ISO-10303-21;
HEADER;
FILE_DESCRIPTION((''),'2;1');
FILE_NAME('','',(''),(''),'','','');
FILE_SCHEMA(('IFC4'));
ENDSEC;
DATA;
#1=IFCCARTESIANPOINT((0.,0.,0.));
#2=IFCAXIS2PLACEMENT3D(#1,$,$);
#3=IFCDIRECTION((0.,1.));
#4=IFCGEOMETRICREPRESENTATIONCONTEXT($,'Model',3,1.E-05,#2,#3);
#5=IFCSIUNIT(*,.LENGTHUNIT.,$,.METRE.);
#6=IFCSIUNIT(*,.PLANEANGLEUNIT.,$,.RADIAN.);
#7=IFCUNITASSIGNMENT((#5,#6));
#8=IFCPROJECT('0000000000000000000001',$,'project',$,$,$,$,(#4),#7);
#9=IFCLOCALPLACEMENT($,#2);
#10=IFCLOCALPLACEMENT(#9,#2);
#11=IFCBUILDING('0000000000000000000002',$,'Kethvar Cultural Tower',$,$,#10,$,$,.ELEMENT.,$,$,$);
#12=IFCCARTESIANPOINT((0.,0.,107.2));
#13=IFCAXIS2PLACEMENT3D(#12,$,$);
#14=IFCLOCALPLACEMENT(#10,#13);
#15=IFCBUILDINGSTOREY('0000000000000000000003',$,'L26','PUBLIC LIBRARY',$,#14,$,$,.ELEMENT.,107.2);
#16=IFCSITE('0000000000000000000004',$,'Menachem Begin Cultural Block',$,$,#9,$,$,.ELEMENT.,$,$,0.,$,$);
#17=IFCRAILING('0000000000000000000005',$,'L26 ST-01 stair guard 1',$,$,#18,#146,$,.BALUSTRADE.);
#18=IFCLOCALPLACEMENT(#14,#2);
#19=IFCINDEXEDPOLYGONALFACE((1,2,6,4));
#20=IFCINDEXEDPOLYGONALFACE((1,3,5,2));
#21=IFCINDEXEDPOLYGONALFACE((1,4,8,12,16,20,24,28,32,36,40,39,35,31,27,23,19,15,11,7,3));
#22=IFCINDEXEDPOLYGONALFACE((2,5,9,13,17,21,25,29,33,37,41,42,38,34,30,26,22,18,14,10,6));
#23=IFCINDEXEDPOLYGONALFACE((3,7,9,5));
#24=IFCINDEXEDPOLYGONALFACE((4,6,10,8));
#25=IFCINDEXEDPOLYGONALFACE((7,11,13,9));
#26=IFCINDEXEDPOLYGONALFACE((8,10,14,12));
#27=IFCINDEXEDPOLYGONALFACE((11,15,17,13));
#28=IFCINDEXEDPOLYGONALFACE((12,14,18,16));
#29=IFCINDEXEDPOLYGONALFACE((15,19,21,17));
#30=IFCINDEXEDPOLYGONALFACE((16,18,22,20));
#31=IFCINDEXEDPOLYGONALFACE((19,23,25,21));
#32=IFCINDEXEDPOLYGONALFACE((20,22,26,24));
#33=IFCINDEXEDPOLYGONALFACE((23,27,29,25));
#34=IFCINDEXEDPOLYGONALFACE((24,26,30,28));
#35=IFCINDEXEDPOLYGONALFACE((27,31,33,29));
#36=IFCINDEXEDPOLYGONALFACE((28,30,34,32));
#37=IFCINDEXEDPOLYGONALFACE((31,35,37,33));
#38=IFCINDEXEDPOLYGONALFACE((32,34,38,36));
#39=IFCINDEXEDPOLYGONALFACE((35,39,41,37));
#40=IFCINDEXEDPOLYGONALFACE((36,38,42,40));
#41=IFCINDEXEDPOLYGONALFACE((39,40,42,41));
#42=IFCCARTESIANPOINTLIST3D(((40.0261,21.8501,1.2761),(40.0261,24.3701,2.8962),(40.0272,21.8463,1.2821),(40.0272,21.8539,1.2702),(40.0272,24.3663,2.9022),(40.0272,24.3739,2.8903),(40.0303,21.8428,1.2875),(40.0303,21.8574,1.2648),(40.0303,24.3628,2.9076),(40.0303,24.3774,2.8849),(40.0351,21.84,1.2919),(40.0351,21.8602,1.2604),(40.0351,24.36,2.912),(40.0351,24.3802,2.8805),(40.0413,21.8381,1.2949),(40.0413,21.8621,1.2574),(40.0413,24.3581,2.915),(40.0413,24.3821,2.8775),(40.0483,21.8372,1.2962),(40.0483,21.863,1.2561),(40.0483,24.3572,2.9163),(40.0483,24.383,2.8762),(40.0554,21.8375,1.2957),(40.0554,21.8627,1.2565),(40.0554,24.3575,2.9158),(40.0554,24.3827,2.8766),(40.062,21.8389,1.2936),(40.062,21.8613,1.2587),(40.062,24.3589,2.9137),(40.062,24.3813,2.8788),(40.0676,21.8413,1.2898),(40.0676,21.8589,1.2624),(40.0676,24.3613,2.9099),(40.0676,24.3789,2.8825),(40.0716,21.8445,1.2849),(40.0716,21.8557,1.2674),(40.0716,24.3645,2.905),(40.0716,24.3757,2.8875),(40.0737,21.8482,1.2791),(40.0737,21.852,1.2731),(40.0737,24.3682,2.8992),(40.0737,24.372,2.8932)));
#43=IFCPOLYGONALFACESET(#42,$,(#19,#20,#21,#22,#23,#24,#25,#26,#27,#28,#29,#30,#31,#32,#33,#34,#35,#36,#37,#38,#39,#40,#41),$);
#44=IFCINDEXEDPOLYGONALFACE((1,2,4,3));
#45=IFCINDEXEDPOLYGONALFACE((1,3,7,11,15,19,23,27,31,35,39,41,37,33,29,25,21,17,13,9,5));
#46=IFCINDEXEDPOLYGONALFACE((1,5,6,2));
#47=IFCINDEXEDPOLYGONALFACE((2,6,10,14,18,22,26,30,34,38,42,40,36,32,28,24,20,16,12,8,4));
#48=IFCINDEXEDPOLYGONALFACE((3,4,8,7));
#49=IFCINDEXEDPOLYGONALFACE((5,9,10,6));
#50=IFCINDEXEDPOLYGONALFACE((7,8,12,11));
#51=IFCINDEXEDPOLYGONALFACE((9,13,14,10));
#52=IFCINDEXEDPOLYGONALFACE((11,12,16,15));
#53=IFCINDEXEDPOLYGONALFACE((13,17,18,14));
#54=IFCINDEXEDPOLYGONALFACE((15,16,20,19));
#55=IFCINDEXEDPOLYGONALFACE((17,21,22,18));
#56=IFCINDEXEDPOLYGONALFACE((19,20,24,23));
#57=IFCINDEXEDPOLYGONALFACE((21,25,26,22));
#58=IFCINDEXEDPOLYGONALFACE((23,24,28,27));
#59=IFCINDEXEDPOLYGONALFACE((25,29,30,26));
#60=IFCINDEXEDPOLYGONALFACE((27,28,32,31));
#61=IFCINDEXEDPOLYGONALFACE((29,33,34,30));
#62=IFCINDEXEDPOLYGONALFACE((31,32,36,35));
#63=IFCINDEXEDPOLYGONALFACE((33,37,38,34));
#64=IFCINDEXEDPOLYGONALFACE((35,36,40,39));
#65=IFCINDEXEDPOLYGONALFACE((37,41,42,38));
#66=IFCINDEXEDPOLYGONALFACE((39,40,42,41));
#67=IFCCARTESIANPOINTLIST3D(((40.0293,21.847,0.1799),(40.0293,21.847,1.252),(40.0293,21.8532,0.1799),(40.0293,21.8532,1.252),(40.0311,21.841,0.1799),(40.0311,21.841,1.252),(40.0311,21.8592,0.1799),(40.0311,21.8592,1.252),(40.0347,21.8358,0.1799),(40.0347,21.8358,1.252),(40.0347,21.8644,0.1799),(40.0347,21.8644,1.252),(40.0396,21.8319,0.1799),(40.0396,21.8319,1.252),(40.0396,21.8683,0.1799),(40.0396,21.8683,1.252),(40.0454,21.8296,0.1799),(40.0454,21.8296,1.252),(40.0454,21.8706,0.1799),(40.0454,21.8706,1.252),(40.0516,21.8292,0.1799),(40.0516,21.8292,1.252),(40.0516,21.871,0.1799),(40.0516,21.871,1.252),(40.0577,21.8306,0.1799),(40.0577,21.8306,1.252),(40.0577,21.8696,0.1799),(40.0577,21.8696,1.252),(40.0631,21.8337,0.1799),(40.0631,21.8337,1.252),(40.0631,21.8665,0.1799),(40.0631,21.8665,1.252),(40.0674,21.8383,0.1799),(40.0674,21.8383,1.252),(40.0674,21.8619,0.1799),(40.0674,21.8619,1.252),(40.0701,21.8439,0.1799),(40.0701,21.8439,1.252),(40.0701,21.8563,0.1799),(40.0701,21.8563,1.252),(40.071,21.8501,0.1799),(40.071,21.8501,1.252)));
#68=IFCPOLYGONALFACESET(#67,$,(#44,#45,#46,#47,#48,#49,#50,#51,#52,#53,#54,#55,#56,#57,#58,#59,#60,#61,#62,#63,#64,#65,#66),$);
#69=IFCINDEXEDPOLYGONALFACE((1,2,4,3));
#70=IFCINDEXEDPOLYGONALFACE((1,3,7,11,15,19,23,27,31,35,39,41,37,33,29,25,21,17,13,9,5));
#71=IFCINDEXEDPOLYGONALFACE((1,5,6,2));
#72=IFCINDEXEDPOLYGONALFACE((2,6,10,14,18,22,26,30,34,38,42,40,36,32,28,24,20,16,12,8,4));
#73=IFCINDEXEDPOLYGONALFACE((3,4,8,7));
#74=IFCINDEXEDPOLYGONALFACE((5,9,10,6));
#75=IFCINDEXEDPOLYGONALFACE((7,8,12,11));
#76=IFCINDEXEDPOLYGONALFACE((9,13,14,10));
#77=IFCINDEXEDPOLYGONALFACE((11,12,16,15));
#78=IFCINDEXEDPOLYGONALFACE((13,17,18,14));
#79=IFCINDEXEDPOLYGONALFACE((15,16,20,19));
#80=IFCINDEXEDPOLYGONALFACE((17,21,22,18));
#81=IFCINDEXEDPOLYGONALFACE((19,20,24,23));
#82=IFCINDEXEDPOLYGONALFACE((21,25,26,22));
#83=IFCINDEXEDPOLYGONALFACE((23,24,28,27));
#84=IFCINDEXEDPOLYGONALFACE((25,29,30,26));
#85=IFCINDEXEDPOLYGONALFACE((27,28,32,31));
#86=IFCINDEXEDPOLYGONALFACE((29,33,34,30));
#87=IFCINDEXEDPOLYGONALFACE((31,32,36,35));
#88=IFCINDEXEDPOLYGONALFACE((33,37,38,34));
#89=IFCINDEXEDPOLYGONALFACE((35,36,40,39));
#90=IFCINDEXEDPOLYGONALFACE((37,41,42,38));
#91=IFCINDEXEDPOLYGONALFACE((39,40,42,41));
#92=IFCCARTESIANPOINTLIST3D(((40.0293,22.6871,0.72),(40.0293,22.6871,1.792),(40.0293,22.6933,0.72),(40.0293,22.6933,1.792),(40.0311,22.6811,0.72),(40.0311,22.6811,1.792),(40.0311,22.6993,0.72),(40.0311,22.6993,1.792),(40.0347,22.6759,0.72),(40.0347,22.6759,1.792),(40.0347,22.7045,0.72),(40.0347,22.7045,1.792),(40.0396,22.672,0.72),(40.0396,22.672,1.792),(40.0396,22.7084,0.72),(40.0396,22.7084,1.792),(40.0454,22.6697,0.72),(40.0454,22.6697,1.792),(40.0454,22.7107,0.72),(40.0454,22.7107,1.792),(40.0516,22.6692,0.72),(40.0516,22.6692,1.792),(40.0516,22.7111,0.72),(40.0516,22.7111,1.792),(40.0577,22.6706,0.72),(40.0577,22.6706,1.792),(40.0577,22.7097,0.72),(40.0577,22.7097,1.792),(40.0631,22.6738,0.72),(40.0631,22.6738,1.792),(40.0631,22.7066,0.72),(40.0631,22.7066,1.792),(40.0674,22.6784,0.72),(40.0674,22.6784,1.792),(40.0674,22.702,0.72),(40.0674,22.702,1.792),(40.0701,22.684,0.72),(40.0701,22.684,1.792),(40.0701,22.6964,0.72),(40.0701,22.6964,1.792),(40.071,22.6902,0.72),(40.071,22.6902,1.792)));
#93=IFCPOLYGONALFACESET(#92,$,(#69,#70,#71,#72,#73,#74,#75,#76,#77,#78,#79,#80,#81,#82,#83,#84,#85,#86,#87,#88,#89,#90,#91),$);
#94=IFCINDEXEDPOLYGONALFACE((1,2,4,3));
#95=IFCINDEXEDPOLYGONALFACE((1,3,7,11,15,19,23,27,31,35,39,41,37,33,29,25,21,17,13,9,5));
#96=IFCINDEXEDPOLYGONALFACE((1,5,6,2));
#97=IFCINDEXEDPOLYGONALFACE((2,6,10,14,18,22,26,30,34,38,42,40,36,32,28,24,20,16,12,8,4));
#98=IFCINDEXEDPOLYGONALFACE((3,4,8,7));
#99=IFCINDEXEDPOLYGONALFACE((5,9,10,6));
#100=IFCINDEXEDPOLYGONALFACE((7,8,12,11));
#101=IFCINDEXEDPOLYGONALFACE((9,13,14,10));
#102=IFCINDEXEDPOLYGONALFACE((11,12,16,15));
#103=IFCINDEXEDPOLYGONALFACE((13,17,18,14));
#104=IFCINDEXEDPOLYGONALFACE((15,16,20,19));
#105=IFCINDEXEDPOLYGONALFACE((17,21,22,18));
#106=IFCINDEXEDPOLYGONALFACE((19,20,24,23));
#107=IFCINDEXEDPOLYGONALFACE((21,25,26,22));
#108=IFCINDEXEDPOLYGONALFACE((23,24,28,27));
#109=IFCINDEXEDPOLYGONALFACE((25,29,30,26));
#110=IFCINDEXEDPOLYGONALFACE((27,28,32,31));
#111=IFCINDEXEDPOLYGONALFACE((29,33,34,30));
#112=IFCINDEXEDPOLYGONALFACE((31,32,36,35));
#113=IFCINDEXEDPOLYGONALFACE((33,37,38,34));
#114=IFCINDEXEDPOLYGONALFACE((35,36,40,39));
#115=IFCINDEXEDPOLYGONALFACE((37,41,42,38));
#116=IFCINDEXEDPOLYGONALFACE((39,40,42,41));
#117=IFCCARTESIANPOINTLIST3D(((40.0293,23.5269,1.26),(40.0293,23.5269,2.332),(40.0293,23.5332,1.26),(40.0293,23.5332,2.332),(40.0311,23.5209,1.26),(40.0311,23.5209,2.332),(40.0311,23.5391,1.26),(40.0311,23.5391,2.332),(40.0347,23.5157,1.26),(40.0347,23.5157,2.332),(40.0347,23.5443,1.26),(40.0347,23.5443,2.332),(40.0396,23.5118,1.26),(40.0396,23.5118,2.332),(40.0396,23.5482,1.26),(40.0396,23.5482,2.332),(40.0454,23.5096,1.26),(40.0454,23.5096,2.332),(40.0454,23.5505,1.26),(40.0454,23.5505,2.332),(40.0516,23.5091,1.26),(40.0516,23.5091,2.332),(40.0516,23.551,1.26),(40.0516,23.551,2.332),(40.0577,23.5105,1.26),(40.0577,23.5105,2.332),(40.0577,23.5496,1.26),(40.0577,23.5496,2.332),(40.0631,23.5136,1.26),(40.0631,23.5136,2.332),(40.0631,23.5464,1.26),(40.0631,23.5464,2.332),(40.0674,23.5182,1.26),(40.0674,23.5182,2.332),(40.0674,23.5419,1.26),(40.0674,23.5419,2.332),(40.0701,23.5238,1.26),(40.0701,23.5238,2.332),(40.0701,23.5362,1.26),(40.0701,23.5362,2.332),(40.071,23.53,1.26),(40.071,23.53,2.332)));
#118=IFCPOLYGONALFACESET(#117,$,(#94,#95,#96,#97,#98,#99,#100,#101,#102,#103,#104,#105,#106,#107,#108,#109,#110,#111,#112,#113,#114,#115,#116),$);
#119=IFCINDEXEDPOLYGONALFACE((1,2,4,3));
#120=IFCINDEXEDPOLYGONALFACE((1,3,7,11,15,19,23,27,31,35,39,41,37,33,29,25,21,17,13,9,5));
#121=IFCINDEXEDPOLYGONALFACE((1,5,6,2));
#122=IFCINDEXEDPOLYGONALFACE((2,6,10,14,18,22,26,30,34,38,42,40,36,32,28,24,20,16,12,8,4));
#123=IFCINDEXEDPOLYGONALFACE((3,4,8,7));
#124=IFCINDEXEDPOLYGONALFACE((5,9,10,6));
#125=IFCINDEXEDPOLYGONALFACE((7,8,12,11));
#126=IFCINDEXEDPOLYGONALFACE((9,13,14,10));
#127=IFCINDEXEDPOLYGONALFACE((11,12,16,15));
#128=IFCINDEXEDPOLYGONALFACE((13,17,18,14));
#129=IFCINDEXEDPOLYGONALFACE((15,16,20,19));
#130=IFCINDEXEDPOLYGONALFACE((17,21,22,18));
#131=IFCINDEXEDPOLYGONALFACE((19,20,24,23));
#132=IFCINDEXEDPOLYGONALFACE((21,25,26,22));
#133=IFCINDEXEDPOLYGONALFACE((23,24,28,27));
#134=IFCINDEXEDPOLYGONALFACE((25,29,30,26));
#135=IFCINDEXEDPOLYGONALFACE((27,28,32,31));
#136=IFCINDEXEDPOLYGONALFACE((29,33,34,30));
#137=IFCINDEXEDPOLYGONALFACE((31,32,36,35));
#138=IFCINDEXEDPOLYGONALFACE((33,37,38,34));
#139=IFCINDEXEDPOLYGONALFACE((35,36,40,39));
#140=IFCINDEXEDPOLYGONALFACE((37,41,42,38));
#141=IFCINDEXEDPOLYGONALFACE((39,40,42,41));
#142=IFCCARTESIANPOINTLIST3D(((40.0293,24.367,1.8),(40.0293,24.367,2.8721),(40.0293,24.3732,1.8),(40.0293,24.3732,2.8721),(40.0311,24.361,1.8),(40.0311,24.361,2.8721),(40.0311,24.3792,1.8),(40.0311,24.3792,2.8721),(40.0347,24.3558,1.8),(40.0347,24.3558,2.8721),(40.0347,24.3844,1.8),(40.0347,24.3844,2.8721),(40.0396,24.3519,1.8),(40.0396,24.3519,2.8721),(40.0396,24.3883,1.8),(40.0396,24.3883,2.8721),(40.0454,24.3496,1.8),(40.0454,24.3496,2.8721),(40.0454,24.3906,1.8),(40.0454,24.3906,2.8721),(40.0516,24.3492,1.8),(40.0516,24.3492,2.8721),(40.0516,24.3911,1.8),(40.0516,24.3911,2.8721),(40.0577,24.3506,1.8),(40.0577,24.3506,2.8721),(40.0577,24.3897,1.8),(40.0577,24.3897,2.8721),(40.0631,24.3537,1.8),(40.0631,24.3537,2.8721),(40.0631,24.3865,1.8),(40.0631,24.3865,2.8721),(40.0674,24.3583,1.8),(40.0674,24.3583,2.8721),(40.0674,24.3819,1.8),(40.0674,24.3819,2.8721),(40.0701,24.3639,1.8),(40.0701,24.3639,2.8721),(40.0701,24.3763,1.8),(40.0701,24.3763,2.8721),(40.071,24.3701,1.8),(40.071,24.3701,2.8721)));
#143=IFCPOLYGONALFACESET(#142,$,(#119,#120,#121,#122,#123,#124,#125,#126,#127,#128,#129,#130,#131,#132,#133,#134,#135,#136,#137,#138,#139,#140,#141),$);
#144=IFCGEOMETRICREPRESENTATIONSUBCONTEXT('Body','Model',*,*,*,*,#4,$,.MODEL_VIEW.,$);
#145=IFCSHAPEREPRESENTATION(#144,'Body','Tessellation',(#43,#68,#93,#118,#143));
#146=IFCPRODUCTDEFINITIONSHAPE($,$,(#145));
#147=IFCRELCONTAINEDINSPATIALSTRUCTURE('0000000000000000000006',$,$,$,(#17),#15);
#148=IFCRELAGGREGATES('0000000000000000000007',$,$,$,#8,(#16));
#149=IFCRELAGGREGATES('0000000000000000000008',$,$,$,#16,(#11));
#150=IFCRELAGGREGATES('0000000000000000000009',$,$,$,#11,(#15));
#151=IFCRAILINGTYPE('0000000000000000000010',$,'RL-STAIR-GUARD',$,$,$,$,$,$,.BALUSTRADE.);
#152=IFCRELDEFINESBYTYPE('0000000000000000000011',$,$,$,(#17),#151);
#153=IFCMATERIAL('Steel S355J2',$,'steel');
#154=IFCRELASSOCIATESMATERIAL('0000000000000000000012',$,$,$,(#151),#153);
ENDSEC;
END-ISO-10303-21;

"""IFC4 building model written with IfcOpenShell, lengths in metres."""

from ifc_helpers import new_model, si_unit, direction, frame, origin, origin_2d, place, context, subcontext, project, spatial, circle, extrude, material, type_object, element, save


model = new_model("IFC4")

# Units and contexts
model_context = context("Model", 3, precision=1e-05, world=origin(), true_north=direction((0.0, 1.0)))
body_context = subcontext(model_context, "Body", "Model", "MODEL_VIEW")
ifc_project = project(units=[si_unit("LENGTHUNIT", "METRE"), si_unit("PLANEANGLEUNIT", "RADIAN")], contexts=[model_context])

# Site, building, storey
site_placement = place(None, origin())
site = spatial("IfcSite", under=ifc_project, at=site_placement, Name="Menachem Begin Cultural Block", CompositionType="ELEMENT", RefElevation=0.0)
building_placement = place(site_placement, origin())
building = spatial("IfcBuilding", under=site, at=building_placement, Name="Kethvar Cultural Tower", CompositionType="ELEMENT")
storey_placement = place(building_placement, frame((0.0, 0.0, 107.2)))
storey = spatial("IfcBuildingStorey", under=building, at=storey_placement, Name="L26", Description="PUBLIC LIBRARY", CompositionType="ELEMENT", Elevation=107.2)

# Shared definitions
ifc_material_1 = material(Name="Steel S355J2", Category="steel")

# Railing
railing_type_1 = type_object("IfcRailingType", Name="RL-STAIR-GUARD", PredefinedType="BALUSTRADE", material=ifc_material_1)
railing_1_placement = place(storey_placement, frame((40.05, 21.8501, 0.1799)))
element("IfcRailing", 1, at=railing_1_placement, inside=storey, type_object=railing_type_1, Name="L26 ST-01 stair guard 1", PredefinedType="BALUSTRADE", context=body_context, shape_type="SweptSolid", body=[
    extrude(circle(Radius=0.0239, at=origin_2d()), frame((0.0, 0.0, 1.0962), z_axis=(0.0, 0.841163, 0.540782), x_axis=(-1.0, 0.0, 0.0)), (0.0, 0.0, 1.0), 2.9958),
    extrude(circle(Radius=0.021, at=origin_2d()), origin(), (0.0, 0.0, 1.0), 1.072),
    extrude(circle(Radius=0.021, at=origin_2d()), frame((0.0, 0.8401, 0.54)), (0.0, 0.0, 1.0), 1.072),
    extrude(circle(Radius=0.021, at=origin_2d()), frame((0.0, 1.6799, 1.0801)), (0.0, 0.0, 1.0), 1.072),
    extrude(circle(Radius=0.021, at=origin_2d()), frame((0.0, 2.52, 1.6201)), (0.0, 0.0, 1.0), 1.072),
])

save(model, "model.ifc")
